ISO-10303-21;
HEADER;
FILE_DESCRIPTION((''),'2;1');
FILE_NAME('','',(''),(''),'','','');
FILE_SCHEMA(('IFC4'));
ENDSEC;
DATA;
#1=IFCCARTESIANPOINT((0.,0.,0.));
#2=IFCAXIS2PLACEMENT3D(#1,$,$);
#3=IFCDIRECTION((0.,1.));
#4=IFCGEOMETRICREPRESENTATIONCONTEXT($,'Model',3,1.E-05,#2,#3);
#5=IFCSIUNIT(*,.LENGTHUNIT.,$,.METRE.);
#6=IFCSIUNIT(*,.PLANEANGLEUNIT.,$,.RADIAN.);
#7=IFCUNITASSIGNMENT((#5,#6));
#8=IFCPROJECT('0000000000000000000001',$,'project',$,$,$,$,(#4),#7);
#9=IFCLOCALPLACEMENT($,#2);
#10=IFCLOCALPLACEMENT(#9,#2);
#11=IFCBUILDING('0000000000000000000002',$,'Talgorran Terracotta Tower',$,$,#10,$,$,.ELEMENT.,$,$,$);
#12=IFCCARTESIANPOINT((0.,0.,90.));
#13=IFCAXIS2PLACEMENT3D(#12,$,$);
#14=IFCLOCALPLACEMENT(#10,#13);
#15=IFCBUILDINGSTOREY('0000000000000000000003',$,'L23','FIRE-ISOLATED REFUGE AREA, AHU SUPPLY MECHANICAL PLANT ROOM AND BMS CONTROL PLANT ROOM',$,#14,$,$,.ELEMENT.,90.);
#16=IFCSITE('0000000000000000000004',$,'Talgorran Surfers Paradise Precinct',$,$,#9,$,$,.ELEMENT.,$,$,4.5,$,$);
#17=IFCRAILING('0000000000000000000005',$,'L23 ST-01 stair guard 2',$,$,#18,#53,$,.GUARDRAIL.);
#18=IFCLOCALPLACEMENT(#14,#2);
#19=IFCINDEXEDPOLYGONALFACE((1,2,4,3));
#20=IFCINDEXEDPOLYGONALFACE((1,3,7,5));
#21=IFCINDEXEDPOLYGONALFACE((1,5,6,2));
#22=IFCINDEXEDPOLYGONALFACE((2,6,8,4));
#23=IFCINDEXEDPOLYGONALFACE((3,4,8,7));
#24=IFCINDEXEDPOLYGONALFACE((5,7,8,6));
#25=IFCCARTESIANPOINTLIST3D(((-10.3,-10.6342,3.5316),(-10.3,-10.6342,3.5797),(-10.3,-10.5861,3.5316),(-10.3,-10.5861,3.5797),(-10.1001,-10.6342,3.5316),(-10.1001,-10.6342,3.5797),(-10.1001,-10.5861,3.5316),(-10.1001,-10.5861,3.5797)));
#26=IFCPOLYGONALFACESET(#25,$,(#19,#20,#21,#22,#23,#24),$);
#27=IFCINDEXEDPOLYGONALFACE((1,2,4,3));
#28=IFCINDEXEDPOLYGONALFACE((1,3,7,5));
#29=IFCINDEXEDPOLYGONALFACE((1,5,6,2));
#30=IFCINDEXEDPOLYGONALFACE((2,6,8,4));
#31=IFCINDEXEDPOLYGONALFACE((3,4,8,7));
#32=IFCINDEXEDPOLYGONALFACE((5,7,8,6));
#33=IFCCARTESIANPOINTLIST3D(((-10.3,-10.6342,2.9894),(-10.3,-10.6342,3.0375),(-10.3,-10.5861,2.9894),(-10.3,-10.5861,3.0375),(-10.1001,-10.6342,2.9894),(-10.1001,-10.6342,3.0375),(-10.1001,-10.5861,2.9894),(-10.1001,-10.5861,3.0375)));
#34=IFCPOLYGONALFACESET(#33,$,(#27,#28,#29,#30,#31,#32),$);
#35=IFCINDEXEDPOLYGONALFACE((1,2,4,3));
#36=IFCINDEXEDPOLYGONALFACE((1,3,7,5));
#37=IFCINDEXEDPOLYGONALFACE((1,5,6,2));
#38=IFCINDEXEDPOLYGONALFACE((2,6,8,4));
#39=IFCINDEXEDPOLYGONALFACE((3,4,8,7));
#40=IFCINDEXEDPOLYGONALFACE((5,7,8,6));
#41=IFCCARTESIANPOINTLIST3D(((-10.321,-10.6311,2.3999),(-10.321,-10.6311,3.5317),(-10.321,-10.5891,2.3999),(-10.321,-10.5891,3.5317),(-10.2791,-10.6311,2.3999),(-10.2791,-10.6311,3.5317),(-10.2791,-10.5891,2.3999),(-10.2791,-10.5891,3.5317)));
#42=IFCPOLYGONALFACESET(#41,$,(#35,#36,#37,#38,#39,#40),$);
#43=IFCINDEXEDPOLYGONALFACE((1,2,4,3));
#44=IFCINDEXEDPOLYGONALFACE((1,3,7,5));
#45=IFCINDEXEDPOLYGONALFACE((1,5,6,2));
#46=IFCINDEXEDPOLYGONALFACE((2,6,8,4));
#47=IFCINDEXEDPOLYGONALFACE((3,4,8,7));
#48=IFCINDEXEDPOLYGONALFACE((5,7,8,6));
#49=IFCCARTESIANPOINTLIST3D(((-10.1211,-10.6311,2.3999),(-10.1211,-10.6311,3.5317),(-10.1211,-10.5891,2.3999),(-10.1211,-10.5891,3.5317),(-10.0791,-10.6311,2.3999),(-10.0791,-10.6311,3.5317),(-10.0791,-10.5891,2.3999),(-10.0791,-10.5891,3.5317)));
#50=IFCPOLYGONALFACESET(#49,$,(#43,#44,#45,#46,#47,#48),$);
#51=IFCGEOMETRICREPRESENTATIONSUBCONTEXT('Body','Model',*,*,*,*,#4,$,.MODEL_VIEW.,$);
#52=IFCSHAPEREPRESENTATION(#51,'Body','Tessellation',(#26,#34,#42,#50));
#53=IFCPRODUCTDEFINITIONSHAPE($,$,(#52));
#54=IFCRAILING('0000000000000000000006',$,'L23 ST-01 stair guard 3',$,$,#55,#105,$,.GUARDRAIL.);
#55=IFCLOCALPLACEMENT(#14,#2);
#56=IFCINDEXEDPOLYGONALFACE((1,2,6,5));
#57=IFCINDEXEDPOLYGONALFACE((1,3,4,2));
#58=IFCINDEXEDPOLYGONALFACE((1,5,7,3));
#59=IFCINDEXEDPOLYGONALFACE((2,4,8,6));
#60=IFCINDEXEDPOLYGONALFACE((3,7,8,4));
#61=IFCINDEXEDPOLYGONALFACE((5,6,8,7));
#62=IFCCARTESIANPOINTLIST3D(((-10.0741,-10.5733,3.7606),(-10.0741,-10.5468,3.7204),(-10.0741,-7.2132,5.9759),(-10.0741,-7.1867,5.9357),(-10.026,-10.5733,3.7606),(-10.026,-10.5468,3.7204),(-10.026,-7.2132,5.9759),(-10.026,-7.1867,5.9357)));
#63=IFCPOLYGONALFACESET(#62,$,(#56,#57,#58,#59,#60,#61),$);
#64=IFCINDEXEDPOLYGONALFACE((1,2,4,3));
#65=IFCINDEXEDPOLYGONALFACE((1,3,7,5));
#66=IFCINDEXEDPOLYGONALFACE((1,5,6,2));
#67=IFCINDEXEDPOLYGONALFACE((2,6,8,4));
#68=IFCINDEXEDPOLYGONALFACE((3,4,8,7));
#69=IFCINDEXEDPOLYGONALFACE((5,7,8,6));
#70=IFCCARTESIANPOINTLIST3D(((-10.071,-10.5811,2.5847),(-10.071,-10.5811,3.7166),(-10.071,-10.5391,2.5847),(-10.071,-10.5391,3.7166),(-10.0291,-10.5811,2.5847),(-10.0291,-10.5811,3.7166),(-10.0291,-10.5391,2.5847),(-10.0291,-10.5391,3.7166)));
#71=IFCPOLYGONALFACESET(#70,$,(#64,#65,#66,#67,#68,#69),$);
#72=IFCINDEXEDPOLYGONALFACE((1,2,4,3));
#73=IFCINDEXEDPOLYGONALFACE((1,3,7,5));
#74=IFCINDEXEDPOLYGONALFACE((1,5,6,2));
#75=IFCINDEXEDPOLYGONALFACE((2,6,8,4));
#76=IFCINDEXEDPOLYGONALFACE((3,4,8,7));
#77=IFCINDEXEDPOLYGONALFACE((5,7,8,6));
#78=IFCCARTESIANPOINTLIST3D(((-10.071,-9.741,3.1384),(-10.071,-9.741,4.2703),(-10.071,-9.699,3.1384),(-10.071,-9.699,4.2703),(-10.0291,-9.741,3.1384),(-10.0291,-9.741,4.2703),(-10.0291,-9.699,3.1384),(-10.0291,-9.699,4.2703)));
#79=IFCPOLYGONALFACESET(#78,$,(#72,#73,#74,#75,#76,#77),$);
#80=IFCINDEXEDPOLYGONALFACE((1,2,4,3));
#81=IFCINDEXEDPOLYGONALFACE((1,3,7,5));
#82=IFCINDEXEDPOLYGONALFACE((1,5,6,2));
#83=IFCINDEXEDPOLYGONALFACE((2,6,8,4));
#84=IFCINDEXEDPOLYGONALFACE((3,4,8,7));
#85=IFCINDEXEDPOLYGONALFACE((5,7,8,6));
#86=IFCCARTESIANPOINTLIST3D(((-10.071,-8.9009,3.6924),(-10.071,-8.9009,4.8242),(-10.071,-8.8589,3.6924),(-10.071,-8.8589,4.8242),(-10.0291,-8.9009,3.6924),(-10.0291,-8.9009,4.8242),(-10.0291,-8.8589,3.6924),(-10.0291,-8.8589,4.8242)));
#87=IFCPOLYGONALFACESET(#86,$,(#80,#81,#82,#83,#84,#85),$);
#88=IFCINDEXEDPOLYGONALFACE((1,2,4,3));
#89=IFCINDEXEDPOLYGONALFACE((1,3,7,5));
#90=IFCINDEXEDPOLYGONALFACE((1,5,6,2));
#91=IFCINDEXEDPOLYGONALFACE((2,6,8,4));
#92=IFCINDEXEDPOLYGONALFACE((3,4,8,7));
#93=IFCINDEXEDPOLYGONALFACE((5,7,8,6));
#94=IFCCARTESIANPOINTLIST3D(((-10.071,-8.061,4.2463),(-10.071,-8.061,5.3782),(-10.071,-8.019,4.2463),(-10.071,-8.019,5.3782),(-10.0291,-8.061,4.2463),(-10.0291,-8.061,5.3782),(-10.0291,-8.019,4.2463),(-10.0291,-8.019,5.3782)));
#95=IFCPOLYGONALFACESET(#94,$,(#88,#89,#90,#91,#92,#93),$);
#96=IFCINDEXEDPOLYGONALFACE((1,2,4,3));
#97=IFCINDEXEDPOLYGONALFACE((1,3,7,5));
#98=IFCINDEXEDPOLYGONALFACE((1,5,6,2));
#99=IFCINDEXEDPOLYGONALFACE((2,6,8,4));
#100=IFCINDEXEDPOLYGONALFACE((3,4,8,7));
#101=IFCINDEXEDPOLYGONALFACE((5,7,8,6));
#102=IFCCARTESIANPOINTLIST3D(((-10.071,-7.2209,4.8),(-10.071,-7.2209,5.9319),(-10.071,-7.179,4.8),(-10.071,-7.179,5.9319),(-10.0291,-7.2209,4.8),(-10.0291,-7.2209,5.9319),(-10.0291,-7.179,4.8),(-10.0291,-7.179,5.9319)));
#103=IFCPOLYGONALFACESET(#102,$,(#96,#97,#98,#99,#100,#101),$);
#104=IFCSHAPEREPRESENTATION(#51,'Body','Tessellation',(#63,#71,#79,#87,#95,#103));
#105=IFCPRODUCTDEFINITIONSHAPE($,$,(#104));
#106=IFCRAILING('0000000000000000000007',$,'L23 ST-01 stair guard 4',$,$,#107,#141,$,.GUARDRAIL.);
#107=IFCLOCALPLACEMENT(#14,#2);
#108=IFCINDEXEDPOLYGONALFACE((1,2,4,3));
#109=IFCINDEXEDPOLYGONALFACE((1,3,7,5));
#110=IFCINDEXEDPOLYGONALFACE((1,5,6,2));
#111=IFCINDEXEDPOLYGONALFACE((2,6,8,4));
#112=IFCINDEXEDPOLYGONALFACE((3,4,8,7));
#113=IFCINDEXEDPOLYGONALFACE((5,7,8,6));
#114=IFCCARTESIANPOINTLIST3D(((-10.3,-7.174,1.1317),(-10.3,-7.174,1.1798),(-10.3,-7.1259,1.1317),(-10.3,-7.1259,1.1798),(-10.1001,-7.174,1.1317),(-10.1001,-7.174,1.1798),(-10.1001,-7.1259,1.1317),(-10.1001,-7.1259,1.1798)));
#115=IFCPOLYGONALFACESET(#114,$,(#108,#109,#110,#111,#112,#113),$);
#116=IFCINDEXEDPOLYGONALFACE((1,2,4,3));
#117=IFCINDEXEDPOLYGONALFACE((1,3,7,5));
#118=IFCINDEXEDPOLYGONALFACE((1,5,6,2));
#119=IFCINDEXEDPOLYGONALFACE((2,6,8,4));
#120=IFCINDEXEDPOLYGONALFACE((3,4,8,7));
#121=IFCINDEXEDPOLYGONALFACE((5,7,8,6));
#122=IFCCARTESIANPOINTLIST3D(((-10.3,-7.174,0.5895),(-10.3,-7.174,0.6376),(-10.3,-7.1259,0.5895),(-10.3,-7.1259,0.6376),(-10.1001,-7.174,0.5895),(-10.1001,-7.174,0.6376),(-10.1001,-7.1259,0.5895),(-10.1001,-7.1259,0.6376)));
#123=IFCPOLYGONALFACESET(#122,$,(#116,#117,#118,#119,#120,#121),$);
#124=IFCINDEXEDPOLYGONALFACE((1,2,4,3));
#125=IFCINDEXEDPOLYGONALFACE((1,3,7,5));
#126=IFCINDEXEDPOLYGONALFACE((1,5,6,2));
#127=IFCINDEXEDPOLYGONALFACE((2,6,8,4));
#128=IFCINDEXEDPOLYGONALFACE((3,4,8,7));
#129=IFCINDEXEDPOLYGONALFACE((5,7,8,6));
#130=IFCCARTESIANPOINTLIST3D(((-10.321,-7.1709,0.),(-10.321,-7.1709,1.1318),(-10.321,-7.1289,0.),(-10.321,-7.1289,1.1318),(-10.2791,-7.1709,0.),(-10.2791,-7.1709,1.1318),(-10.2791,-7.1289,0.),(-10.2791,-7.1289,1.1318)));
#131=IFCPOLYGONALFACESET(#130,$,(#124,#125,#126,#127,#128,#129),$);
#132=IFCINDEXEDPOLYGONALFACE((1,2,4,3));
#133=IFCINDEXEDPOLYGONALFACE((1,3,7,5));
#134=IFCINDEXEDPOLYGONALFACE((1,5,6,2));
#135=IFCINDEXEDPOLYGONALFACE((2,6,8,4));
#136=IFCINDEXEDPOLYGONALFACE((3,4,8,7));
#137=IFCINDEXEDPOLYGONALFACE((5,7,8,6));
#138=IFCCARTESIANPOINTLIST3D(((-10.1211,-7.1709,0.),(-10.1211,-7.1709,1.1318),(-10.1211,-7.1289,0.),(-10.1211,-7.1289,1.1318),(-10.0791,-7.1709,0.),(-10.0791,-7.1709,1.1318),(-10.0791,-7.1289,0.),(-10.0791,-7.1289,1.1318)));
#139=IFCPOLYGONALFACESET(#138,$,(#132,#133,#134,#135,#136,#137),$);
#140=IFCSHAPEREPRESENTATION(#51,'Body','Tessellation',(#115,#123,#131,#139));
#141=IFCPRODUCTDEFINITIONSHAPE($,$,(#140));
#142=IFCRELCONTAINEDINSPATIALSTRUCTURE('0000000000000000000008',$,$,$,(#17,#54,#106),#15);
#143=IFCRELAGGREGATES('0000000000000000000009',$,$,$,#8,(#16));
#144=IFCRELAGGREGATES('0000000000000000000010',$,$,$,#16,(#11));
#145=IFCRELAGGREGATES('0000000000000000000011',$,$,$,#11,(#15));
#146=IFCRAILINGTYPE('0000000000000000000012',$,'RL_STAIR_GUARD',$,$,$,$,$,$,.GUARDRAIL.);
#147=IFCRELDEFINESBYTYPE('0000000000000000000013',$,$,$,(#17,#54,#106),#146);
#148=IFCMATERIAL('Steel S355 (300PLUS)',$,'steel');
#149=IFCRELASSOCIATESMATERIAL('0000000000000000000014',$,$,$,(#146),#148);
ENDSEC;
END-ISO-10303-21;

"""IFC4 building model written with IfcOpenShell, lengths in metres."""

from ifc_helpers import new_model, si_unit, direction, frame, origin, origin_2d, place, context, subcontext, project, spatial, rectangle, extrude, material, type_object, element, save


model = new_model("IFC4")

# Units and contexts
model_context = context("Model", 3, precision=1e-05, world=origin(), true_north=direction((0.0, 1.0)))
body_context = subcontext(model_context, "Body", "Model", "MODEL_VIEW")
ifc_project = project(units=[si_unit("LENGTHUNIT", "METRE"), si_unit("PLANEANGLEUNIT", "RADIAN")], contexts=[model_context])

# Site, building, storey
site_placement = place(None, origin())
site = spatial("IfcSite", under=ifc_project, at=site_placement, Name="Talgorran Surfers Paradise Precinct", CompositionType="ELEMENT", RefElevation=4.5)
building_placement = place(site_placement, origin())
building = spatial("IfcBuilding", under=site, at=building_placement, Name="Talgorran Terracotta Tower", CompositionType="ELEMENT")
storey_placement = place(building_placement, frame((0.0, 0.0, 90.0)))
storey = spatial("IfcBuildingStorey", under=building, at=storey_placement, Name="L23", Description="FIRE-ISOLATED REFUGE AREA, AHU SUPPLY MECHANICAL PLANT ROOM AND BMS CONTROL PLANT ROOM", CompositionType="ELEMENT", Elevation=90.0)

# Shared definitions
ifc_material_1 = material(Name="Steel S355 (300PLUS)", Category="steel")

# Railings
railing_type_1 = type_object("IfcRailingType", Name="RL_STAIR_GUARD", PredefinedType="GUARDRAIL", material=ifc_material_1)
railing_1_placement = place(storey_placement, frame((-10.3, -10.6101, 2.3999)))
element("IfcRailing", 1, at=railing_1_placement, inside=storey, type_object=railing_type_1, Name="L23 ST-01 stair guard 2", PredefinedType="GUARDRAIL", context=body_context, shape_type="SweptSolid", body=[
    extrude(rectangle(XDim=0.0481, YDim=0.0481, at=origin_2d()), frame((0.0, 0.0, 1.1558), z_axis=(1.0, 0.0, 0.0), x_axis=(0.0, 1.0, 0.0)), (0.0, 0.0, 1.0), 0.2),
    extrude(rectangle(XDim=0.0481, YDim=0.0481, at=origin_2d()), frame((0.0, 0.0, 0.6135), z_axis=(1.0, 0.0, 0.0), x_axis=(0.0, 1.0, 0.0)), (0.0, 0.0, 1.0), 0.2),
    extrude(rectangle(XDim=0.042, YDim=0.042, at=origin_2d()), origin(), (0.0, 0.0, 1.0), 1.1318),
    extrude(rectangle(XDim=0.042, YDim=0.042, at=origin_2d()), frame((0.2, 0.0, 0.0)), (0.0, 0.0, 1.0), 1.1318),
])
railing_2_placement = place(storey_placement, frame((-10.05, -10.5601, 2.5847)))
element("IfcRailing", 2, at=railing_2_placement, inside=storey, type_object=railing_type_1, Name="L23 ST-01 stair guard 3", PredefinedType="GUARDRAIL", context=body_context, shape_type="SweptSolid", body=[
    extrude(rectangle(XDim=0.0481, YDim=0.0481, at=origin_2d()), frame((0.0, 0.0, 1.1558), z_axis=(0.0, 0.834876, 0.550437), x_axis=(-1.0, 0.0, 0.0)), (0.0, 0.0, 1.0), 4.0247),
    extrude(rectangle(XDim=0.042, YDim=0.042, at=origin_2d()), origin(), (0.0, 0.0, 1.0), 1.1318),
    extrude(rectangle(XDim=0.042, YDim=0.042, at=origin_2d()), frame((0.0, 0.8401, 0.5537)), (0.0, 0.0, 1.0), 1.1318),
    extrude(rectangle(XDim=0.042, YDim=0.042, at=origin_2d()), frame((0.0, 1.6802, 1.1077)), (0.0, 0.0, 1.0), 1.1318),
    extrude(rectangle(XDim=0.042, YDim=0.042, at=origin_2d()), frame((0.0, 2.52, 1.6616)), (0.0, 0.0, 1.0), 1.1318),
    extrude(rectangle(XDim=0.042, YDim=0.042, at=origin_2d()), frame((0.0, 3.3601, 2.2153)), (0.0, 0.0, 1.0), 1.1318),
])
railing_3_placement = place(storey_placement, frame((-10.3, -7.1499, 0.0)))
element("IfcRailing", 3, at=railing_3_placement, inside=storey, type_object=railing_type_1, Name="L23 ST-01 stair guard 4", PredefinedType="GUARDRAIL", context=body_context, shape_type="SweptSolid", body=[
    extrude(rectangle(XDim=0.0481, YDim=0.0481, at=origin_2d()), frame((0.0, 0.0, 1.1558), z_axis=(1.0, 0.0, 0.0), x_axis=(0.0, 1.0, 0.0)), (0.0, 0.0, 1.0), 0.2),
    extrude(rectangle(XDim=0.0481, YDim=0.0481, at=origin_2d()), frame((0.0, 0.0, 0.6135), z_axis=(1.0, 0.0, 0.0), x_axis=(0.0, 1.0, 0.0)), (0.0, 0.0, 1.0), 0.2),
    extrude(rectangle(XDim=0.042, YDim=0.042, at=origin_2d()), origin(), (0.0, 0.0, 1.0), 1.1318),
    extrude(rectangle(XDim=0.042, YDim=0.042, at=origin_2d()), frame((0.2, 0.0, 0.0)), (0.0, 0.0, 1.0), 1.1318),
])

save(model, "model.ifc")
